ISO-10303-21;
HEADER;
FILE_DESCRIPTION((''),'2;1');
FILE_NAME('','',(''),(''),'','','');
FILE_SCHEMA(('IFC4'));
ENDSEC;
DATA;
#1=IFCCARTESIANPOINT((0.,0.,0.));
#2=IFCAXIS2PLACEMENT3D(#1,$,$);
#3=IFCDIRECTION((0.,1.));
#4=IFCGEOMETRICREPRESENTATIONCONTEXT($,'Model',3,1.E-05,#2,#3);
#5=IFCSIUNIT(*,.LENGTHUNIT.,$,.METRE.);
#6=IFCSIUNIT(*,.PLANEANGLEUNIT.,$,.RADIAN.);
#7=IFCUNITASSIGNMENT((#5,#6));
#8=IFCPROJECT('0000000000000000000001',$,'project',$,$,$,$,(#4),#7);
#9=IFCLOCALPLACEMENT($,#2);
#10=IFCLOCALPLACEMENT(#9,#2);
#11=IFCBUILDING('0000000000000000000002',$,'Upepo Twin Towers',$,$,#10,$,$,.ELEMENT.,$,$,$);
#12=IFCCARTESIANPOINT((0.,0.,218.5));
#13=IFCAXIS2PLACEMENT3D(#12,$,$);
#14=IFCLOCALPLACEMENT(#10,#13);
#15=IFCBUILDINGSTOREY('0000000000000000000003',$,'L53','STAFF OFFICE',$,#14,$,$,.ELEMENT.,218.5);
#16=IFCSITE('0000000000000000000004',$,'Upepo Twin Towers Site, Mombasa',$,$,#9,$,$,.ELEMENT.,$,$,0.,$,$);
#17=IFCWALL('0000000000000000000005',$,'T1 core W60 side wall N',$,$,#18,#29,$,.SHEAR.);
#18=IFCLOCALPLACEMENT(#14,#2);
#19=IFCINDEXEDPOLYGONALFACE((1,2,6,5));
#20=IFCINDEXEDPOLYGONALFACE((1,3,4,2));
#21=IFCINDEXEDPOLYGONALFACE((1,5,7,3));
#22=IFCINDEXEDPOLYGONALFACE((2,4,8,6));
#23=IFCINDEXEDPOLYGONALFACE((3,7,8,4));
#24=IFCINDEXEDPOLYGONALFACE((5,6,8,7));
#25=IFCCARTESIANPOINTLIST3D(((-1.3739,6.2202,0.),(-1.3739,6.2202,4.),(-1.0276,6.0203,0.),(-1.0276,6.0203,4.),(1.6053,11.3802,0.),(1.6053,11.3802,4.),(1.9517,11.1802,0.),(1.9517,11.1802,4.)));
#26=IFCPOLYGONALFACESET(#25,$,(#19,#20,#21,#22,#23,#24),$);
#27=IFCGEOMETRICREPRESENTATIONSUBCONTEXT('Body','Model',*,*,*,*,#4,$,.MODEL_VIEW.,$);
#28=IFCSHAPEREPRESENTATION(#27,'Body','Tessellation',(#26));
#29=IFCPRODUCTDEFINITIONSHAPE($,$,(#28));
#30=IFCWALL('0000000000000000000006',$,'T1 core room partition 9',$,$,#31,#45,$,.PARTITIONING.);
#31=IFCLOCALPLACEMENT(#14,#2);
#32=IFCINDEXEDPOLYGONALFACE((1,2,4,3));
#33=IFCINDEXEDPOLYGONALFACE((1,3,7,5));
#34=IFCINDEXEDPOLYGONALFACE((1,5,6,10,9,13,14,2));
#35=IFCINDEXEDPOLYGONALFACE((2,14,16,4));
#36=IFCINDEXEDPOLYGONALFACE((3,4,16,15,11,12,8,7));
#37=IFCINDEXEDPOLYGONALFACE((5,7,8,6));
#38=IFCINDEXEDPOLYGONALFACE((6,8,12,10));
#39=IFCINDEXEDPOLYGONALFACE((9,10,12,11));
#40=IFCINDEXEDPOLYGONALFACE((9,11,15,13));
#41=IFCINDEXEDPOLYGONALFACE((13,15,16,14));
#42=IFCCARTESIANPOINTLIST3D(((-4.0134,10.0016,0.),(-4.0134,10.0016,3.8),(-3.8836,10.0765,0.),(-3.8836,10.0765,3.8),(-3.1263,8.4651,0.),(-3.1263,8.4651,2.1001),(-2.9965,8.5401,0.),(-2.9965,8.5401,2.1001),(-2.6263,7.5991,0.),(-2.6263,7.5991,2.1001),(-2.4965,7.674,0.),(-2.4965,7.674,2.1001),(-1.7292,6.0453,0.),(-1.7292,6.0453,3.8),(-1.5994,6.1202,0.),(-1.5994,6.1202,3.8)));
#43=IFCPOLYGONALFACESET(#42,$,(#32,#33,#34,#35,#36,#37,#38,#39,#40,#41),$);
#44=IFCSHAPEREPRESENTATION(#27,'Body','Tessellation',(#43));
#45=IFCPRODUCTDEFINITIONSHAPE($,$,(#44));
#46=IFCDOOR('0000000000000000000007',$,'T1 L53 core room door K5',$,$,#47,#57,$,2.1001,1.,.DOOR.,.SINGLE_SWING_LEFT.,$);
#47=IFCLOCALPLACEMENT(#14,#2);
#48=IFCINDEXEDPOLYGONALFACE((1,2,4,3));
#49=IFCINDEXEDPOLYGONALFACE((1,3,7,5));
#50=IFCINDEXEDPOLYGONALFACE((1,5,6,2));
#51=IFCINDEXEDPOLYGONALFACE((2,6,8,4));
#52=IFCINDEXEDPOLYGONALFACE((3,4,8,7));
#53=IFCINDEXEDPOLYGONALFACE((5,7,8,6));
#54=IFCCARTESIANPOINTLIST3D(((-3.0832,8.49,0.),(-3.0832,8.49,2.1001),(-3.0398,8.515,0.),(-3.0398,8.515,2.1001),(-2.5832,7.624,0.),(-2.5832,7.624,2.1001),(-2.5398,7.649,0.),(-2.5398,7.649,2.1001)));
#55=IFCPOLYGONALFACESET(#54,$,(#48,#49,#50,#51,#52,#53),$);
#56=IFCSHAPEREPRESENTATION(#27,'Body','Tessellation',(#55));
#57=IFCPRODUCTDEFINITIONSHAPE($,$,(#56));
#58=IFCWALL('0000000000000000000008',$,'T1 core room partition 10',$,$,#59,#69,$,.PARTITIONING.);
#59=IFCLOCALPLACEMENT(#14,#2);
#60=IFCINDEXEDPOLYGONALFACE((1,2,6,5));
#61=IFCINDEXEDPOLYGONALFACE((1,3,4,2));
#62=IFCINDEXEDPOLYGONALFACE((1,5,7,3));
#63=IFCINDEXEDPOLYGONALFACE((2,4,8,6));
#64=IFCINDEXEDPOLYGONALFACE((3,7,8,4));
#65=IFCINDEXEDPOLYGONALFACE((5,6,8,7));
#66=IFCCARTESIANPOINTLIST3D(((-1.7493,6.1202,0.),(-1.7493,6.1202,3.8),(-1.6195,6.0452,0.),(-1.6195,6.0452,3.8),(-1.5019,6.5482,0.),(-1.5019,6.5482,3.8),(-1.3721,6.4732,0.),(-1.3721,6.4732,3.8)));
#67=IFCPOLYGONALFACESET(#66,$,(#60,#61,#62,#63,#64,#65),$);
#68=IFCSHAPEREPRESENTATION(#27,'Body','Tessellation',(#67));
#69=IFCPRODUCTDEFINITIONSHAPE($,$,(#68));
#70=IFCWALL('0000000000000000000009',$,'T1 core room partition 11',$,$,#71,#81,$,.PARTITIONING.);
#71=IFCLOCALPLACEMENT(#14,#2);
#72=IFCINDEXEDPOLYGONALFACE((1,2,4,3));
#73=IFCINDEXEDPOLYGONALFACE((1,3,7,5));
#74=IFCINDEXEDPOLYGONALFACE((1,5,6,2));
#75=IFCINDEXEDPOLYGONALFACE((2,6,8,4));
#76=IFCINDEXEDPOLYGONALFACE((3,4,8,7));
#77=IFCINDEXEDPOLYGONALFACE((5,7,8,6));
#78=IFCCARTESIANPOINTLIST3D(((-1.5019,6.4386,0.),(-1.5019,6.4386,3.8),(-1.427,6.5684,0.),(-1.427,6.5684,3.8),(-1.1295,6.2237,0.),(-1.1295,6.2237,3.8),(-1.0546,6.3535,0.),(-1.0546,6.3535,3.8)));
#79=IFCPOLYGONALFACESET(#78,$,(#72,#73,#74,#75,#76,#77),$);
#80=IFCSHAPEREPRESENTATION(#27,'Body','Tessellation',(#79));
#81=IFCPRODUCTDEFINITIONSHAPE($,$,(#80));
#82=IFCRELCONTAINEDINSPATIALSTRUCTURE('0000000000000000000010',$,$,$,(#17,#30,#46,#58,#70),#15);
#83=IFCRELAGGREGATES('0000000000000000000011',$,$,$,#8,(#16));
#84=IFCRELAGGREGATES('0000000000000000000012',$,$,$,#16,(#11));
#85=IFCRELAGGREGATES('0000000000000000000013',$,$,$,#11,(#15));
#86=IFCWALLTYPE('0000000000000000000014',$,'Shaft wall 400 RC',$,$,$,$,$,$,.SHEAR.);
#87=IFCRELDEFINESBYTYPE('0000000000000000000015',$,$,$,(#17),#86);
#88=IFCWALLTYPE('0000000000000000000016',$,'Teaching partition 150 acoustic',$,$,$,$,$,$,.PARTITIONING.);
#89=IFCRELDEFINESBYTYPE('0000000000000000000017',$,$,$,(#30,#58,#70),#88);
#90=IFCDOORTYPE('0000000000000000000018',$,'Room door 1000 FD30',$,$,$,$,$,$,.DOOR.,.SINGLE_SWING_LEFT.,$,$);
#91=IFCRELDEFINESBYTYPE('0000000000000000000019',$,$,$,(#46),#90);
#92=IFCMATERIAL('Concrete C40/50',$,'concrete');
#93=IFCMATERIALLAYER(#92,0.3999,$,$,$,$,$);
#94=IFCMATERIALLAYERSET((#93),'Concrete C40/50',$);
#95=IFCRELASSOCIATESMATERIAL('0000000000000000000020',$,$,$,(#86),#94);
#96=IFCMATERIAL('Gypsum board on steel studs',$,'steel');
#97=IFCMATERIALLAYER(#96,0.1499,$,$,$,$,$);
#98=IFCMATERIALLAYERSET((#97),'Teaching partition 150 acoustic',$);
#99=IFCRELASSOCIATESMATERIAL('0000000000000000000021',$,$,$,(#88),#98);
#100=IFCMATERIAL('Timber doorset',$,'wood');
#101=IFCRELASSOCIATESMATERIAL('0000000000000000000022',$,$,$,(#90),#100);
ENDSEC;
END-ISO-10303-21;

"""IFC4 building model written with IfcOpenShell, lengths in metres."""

from ifc_helpers import new_model, si_unit, direction, frame, frame_2d, origin, place, context, subcontext, project, spatial, rectangle, extrude, material, layer, layer_set, type_object, element, fill, save


model = new_model("IFC4")

# Units and contexts
model_context = context("Model", 3, precision=1e-05, world=origin(), true_north=direction((0.0, 1.0)))
body_context = subcontext(model_context, "Body", "Model", "MODEL_VIEW")
ifc_project = project(units=[si_unit("LENGTHUNIT", "METRE"), si_unit("PLANEANGLEUNIT", "RADIAN")], contexts=[model_context])

# Site, building, storey
site_placement = place(None, origin())
site = spatial("IfcSite", under=ifc_project, at=site_placement, Name="Upepo Twin Towers Site, Mombasa", CompositionType="ELEMENT", RefElevation=0.0)
building_placement = place(site_placement, origin())
building = spatial("IfcBuilding", under=site, at=building_placement, Name="Upepo Twin Towers", CompositionType="ELEMENT")
storey_placement = place(building_placement, frame((0.0, 0.0, 218.5)))
storey = spatial("IfcBuildingStorey", under=building, at=storey_placement, Name="L53", Description="STAFF OFFICE", CompositionType="ELEMENT", Elevation=218.5)

# Wall
ifc_material_1 = material(Name="Concrete C40/50", Category="concrete")
ifc_layer_1 = layer(ifc_material_1, 0.3999)
ifc_layer_set_1 = layer_set([ifc_layer_1], Name="Concrete C40/50")
wall_type_1 = type_object("IfcWallType", Name="Shaft wall 400 RC", PredefinedType="SHEAR", material=ifc_layer_set_1)
wall_1_placement = place(storey_placement, frame((-1.2007, 6.1204, 0.0), z_axis=(0.0, 0.0, 1.0), x_axis=(0.500022, 0.866013, 0.0)))
element("IfcWall", 1, at=wall_1_placement, inside=storey, type_object=wall_type_1, Name="T1 core W60 side wall N", PredefinedType="SHEAR", context=body_context, shape_type="SweptSolid", body=[
    extrude(rectangle(XDim=5.9583, YDim=0.3999, at=frame_2d((2.979, 0.0))), origin(), (0.0, 0.0, 1.0), 4.0),
])

# Wall, opening, door
ifc_material_2 = material(Name="Gypsum board on steel studs", Category="steel")
ifc_layer_2 = layer(ifc_material_2, 0.1499)
ifc_layer_set_2 = layer_set([ifc_layer_2], Name="Teaching partition 150 acoustic")
wall_type_2 = type_object("IfcWallType", Name="Teaching partition 150 acoustic", PredefinedType="PARTITIONING", material=ifc_layer_set_2)
wall_2_placement = place(storey_placement, frame((-3.9485, 10.0391, 0.0), z_axis=(0.0, 0.0, 1.0), x_axis=(0.500002, -0.866025, 0.0)))
wall_2 = element("IfcWall", 2, at=wall_2_placement, inside=storey, type_object=wall_type_2, Name="T1 core room partition 9", PredefinedType="PARTITIONING", context=body_context, shape_type="SweptSolid", body=[
    extrude(rectangle(XDim=4.5684, YDim=0.1499, at=frame_2d((2.2842, 0.0))), origin(), (0.0, 0.0, 1.0), 3.8),
])
opening_1_placement = place(wall_2_placement, frame((1.7742, 0.0, 0.0)))
opening_1 = element("IfcOpeningElement", 3, at=opening_1_placement, cuts=wall_2, PredefinedType="OPENING", context=body_context, shape_type="SweptSolid", body=[
    extrude(rectangle(XDim=1.0, YDim=2.1001, at=frame_2d((0.5, 1.05))), frame((0.0, 0.085, 0.0), z_axis=(0.0, -1.0, 0.0), x_axis=(1.0, 0.0, 0.0)), (0.0, 0.0, 1.0), 0.1699),
])
ifc_material_3 = material(Name="Timber doorset", Category="wood")
door_type_1 = type_object("IfcDoorType", Name="Room door 1000 FD30", OperationType="SINGLE_SWING_LEFT", PredefinedType="DOOR", material=ifc_material_3)
door_1_placement = place(opening_1_placement, origin())
door_1 = element("IfcDoor", 4, at=door_1_placement, inside=storey, type_object=door_type_1, Name="T1 L53 core room door K5", OperationType="SINGLE_SWING_LEFT", OverallHeight=2.1001, OverallWidth=1.0, PredefinedType="DOOR", context=body_context, shape_type="SweptSolid", body=[
    extrude(rectangle(XDim=1.0, YDim=2.1001, at=frame_2d((0.5, 1.05))), frame((0.0, 0.0249, 0.0), z_axis=(0.0, -1.0, 0.0), x_axis=(1.0, 0.0, 0.0)), (0.0, 0.0, 1.0), 0.05),
])
fill(opening_1, door_1)

# Walls
wall_3_placement = place(storey_placement, frame((-1.6843, 6.0828, 0.0), z_axis=(0.0, 0.0, 1.0), x_axis=(0.500335, 0.865832, 0.0)))
element("IfcWall", 5, at=wall_3_placement, inside=storey, type_object=wall_type_2, Name="T1 core room partition 10", PredefinedType="PARTITIONING", context=body_context, shape_type="SweptSolid", body=[
    extrude(rectangle(XDim=0.4944, YDim=0.1499, at=frame_2d((0.2471, 0.0))), origin(), (0.0, 0.0, 1.0), 3.8),
])
wall_4_placement = place(storey_placement, frame((-1.4644, 6.5034, 0.0), z_axis=(0.0, 0.0, 1.0), x_axis=(0.866138, -0.499804, 0.0)))
element("IfcWall", 6, at=wall_4_placement, inside=storey, type_object=wall_type_2, Name="T1 core room partition 11", PredefinedType="PARTITIONING", context=body_context, shape_type="SweptSolid", body=[
    extrude(rectangle(XDim=0.4299, YDim=0.1499, at=frame_2d((0.2148, 0.0))), origin(), (0.0, 0.0, 1.0), 3.8),
])

save(model, "model.ifc")
